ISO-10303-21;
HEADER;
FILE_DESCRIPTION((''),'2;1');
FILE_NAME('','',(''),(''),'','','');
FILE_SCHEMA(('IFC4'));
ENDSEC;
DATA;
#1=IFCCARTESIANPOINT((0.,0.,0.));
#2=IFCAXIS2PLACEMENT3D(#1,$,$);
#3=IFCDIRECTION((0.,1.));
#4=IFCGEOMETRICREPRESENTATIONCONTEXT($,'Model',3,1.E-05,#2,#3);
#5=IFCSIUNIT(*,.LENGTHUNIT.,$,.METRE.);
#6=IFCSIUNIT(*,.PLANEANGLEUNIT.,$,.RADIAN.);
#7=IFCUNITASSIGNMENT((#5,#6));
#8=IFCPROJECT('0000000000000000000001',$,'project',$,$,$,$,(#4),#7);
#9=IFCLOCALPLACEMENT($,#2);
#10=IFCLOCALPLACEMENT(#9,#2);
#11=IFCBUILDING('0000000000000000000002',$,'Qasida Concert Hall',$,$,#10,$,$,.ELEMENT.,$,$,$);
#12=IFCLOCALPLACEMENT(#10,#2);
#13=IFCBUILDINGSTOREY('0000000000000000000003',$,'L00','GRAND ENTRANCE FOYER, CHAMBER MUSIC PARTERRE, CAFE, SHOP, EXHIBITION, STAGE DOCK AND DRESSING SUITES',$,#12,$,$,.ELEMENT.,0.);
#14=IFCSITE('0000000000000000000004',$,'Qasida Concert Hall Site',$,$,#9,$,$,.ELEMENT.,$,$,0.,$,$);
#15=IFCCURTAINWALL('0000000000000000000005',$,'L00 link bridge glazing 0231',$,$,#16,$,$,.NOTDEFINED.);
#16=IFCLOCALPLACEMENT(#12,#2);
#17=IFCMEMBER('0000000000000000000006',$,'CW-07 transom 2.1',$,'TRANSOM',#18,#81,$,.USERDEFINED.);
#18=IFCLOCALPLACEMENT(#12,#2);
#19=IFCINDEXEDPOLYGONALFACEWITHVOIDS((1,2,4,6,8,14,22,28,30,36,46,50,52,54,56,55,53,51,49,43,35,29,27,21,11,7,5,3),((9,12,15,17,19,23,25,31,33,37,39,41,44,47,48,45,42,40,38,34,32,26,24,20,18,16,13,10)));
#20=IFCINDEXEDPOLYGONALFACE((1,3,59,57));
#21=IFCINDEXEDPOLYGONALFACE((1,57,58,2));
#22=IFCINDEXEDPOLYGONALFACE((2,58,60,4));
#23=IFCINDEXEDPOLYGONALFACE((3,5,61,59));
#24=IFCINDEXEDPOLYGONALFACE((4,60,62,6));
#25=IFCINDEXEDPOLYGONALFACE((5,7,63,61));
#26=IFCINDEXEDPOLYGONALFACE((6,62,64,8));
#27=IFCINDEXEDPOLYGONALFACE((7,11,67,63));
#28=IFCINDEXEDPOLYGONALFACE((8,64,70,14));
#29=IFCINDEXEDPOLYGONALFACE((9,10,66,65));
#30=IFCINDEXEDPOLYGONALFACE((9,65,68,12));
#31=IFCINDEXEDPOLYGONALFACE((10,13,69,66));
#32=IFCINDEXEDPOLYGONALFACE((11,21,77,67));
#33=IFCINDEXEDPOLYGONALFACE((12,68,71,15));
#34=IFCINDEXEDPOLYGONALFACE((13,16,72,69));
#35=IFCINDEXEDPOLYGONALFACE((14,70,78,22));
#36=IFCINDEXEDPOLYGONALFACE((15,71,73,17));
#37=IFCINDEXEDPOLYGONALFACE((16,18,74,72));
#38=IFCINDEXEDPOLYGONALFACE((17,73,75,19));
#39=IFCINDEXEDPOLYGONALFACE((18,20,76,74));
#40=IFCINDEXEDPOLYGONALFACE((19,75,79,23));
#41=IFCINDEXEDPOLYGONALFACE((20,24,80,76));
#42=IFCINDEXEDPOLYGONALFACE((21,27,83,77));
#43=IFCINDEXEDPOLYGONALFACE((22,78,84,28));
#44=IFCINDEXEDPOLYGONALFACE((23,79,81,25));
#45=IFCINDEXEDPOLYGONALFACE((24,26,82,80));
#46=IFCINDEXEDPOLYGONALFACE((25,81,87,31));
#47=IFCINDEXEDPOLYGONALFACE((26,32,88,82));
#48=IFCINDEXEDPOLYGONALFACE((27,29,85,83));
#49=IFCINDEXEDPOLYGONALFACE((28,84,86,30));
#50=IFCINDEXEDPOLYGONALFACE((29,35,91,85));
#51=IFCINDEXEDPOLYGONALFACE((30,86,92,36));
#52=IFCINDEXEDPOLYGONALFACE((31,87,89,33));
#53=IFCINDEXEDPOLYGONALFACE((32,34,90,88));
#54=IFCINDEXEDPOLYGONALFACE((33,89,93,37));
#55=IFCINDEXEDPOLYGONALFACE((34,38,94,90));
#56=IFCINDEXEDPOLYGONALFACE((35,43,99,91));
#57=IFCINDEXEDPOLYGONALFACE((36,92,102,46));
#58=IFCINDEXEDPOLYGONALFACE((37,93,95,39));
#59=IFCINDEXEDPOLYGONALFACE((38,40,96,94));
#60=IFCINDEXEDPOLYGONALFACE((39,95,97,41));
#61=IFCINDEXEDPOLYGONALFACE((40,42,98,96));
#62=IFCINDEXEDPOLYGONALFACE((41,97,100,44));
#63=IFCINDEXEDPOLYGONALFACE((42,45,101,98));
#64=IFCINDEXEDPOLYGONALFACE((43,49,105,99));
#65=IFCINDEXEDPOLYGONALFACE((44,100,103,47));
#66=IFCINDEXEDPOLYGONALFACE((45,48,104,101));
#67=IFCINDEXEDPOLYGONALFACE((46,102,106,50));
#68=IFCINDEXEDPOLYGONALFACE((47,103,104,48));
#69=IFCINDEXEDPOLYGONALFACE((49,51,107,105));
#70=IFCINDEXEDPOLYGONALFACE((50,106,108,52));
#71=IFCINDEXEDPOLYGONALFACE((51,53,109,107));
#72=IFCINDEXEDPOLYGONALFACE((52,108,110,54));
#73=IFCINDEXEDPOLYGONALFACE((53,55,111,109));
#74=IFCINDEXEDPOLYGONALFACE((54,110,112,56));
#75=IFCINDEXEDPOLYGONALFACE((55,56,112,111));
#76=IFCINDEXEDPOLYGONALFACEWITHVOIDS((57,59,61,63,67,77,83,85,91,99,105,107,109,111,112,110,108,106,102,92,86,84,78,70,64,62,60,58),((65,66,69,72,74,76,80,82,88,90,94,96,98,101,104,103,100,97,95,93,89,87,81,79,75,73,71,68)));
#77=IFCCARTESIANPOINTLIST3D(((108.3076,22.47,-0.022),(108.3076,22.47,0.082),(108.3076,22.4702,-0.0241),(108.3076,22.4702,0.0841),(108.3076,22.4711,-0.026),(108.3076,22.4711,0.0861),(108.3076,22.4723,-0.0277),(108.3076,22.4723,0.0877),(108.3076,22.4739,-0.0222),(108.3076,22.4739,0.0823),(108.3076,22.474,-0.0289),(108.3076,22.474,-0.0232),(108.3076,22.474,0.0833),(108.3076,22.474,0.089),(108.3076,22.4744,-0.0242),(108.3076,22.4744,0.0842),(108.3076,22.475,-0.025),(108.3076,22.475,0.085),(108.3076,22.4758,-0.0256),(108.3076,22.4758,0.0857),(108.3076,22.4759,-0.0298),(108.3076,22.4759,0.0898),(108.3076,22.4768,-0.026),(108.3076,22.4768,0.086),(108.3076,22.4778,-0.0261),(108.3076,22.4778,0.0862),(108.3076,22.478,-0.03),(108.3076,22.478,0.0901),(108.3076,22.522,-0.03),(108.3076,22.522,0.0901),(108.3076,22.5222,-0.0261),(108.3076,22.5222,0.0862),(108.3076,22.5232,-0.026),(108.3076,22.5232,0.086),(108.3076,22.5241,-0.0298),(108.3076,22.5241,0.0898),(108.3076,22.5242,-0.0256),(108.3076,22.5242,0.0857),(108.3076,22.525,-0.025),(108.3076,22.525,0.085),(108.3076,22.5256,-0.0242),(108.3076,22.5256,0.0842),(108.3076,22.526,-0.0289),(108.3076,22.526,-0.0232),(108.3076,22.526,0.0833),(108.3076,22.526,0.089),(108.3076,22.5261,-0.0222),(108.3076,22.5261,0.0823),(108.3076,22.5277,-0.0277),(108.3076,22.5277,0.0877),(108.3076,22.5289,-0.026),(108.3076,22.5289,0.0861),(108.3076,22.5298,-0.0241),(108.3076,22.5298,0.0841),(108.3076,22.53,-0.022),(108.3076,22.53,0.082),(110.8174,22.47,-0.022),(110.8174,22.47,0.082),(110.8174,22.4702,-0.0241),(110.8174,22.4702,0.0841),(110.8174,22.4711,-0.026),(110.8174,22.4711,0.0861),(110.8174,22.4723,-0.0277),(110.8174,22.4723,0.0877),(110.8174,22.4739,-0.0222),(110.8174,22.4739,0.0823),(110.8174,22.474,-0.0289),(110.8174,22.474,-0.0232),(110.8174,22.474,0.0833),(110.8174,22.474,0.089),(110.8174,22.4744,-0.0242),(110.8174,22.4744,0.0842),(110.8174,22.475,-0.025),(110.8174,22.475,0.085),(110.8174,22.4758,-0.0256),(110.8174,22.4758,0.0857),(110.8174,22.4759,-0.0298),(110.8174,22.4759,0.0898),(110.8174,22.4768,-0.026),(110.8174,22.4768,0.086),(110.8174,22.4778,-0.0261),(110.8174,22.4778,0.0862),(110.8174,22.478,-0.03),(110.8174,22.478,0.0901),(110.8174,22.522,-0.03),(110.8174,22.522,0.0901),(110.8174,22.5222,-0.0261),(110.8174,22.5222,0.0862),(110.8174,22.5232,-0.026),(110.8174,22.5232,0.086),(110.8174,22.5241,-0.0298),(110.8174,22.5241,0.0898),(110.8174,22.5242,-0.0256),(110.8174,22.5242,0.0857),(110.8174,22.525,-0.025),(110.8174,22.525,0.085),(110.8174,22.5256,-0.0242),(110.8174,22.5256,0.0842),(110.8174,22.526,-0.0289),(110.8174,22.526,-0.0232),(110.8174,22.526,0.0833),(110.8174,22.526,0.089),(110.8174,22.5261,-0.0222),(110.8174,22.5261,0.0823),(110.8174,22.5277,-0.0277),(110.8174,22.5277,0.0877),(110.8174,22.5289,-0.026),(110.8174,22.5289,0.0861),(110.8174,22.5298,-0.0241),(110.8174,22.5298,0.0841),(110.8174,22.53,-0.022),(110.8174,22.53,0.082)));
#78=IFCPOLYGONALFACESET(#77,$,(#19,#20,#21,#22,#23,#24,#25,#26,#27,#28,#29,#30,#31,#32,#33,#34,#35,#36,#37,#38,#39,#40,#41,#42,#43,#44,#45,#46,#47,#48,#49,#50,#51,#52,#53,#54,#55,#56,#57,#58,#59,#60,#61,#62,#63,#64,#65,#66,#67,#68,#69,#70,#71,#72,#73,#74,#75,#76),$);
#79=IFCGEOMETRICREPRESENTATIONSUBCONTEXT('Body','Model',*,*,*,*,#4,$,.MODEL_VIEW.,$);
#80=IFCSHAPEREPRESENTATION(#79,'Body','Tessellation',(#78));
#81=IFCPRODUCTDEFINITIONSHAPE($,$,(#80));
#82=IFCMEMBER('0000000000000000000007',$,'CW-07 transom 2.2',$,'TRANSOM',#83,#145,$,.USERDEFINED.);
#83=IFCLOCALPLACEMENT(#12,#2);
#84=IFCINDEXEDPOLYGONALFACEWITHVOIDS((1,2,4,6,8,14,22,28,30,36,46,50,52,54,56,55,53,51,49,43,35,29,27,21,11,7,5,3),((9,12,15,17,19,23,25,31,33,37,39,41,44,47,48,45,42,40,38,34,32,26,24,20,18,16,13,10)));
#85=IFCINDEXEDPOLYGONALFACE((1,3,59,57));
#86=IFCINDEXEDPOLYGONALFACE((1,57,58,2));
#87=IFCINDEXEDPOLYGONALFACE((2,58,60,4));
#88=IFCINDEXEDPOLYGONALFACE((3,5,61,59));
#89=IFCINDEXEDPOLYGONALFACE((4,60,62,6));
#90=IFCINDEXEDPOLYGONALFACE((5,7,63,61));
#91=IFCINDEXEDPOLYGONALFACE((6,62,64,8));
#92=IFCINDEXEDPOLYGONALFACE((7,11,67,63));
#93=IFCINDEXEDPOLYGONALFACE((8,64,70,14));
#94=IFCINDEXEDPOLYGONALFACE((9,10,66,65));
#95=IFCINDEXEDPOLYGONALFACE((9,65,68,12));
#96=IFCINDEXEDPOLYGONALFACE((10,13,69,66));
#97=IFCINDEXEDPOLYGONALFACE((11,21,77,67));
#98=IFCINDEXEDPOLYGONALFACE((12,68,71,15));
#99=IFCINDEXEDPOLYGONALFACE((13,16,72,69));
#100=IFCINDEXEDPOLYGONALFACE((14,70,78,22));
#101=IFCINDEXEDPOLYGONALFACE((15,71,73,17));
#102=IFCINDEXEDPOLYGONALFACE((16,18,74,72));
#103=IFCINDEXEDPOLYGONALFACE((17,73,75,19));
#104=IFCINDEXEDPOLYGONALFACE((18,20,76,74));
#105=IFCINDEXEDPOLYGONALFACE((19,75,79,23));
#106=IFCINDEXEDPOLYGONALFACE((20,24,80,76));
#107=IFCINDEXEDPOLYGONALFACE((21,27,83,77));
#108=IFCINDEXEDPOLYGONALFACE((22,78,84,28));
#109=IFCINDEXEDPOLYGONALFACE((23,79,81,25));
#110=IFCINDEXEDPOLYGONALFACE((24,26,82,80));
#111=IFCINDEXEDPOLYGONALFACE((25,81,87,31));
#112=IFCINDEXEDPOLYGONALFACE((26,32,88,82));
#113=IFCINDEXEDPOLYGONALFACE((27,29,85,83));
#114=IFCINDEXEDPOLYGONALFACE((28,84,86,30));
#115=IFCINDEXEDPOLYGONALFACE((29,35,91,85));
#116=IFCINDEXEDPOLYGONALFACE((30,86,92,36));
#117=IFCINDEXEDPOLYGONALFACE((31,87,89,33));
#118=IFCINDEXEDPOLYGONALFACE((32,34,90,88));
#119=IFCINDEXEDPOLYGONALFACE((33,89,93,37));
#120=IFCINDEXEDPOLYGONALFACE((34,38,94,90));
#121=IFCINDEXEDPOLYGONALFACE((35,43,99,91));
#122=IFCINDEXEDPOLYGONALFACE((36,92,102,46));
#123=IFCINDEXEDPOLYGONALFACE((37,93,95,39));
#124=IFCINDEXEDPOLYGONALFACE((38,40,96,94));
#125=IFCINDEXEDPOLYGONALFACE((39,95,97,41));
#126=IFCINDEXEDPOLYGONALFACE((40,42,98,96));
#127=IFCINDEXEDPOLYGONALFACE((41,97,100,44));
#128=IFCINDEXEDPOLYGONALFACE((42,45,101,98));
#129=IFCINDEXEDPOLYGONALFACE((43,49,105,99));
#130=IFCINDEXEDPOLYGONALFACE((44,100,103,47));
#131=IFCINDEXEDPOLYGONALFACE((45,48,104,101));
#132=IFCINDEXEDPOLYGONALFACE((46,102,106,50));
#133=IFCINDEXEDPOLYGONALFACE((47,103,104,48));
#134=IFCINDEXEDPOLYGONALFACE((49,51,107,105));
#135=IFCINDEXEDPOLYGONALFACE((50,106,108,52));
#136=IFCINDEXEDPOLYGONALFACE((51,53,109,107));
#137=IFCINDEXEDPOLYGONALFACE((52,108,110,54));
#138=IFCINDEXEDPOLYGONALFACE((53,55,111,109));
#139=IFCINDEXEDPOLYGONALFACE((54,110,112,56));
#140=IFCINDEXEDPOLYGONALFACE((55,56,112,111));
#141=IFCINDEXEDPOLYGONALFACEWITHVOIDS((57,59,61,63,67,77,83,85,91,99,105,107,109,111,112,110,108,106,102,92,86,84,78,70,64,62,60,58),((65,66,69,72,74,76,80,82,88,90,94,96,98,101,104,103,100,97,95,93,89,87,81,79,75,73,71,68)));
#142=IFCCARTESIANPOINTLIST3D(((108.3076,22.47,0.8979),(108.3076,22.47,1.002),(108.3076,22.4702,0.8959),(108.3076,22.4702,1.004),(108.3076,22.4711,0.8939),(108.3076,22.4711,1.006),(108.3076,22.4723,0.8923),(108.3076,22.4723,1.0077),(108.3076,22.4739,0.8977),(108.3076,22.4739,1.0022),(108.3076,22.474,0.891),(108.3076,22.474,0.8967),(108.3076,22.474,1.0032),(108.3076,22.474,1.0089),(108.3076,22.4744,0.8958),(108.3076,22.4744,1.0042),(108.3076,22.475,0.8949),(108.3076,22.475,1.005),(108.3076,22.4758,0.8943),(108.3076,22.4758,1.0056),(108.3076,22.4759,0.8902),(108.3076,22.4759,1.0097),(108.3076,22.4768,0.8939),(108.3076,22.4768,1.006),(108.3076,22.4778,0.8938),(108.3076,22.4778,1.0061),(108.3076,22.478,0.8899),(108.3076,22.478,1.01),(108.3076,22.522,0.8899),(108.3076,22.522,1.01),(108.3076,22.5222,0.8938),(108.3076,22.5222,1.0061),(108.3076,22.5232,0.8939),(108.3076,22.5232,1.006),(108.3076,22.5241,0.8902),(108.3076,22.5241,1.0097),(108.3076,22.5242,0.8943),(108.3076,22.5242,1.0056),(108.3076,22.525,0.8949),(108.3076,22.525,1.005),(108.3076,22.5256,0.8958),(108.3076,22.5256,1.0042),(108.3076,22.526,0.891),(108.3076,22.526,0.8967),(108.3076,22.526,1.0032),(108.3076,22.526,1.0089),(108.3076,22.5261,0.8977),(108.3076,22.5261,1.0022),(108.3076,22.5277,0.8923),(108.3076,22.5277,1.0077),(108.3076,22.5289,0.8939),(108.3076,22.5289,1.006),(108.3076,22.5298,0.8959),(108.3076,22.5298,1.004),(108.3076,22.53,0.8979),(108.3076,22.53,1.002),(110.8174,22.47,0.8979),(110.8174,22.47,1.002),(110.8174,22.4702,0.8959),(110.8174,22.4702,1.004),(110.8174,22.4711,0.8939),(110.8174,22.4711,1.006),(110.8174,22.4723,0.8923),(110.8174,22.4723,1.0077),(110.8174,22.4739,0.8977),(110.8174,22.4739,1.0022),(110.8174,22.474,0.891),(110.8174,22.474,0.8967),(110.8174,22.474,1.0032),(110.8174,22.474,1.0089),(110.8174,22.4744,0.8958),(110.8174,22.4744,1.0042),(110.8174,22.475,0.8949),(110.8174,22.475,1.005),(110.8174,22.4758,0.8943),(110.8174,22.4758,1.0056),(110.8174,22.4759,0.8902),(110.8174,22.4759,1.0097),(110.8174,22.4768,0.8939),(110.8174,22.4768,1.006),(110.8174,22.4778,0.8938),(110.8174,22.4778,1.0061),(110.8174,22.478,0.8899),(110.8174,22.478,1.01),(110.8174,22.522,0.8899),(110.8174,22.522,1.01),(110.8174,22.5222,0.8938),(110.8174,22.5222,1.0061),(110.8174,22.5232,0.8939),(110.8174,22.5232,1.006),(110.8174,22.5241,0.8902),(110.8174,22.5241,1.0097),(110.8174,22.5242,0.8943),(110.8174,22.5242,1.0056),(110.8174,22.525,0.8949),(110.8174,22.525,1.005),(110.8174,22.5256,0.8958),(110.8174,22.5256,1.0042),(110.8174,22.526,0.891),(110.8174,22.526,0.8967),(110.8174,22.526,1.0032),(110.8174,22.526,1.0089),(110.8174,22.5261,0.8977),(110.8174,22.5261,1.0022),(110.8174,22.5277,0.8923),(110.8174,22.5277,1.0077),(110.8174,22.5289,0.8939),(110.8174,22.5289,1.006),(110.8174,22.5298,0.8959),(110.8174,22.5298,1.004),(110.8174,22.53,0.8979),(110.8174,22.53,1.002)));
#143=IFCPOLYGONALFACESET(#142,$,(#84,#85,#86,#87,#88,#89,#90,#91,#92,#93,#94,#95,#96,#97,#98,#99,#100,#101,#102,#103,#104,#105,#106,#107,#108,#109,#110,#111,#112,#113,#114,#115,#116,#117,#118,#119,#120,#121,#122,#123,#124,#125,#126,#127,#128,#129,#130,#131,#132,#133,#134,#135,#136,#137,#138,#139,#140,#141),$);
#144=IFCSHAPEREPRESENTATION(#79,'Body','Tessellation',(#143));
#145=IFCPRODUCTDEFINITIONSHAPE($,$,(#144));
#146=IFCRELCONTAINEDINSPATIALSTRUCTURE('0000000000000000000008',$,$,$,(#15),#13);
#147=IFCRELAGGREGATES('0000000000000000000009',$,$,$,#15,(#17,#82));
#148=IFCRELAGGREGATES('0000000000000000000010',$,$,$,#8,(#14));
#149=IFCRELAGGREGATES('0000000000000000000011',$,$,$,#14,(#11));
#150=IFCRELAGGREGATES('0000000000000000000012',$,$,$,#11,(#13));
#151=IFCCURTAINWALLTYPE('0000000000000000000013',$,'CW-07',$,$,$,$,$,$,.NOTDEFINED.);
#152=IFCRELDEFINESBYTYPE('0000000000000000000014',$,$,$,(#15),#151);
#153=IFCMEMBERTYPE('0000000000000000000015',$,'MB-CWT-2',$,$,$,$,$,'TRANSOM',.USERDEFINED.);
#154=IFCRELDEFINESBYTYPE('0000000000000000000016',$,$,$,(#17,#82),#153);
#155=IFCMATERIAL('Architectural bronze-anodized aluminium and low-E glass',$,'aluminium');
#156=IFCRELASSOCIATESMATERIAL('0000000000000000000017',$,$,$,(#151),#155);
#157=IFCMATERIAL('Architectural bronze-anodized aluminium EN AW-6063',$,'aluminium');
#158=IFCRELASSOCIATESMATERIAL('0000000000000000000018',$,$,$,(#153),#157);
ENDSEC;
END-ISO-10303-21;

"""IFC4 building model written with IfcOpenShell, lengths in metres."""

from ifc_helpers import new_model, si_unit, direction, frame, origin, origin_2d, place, context, subcontext, project, spatial, hollow_rectangle, extrude, material, material_profile, profile_set, type_object, element, aggregate, save


model = new_model("IFC4")

# Units and contexts
model_context = context("Model", 3, precision=1e-05, world=origin(), true_north=direction((0.0, 1.0)))
body_context = subcontext(model_context, "Body", "Model", "MODEL_VIEW")
ifc_project = project(units=[si_unit("LENGTHUNIT", "METRE"), si_unit("PLANEANGLEUNIT", "RADIAN")], contexts=[model_context])

# Site, building, storey
site_placement = place(None, origin())
site = spatial("IfcSite", under=ifc_project, at=site_placement, Name="Qasida Concert Hall Site", CompositionType="ELEMENT", RefElevation=0.0)
building_placement = place(site_placement, origin())
building = spatial("IfcBuilding", under=site, at=building_placement, Name="Qasida Concert Hall", CompositionType="ELEMENT")
storey_placement = place(building_placement, origin())
storey = spatial("IfcBuildingStorey", under=building, at=storey_placement, Name="L00", Description="GRAND ENTRANCE FOYER, CHAMBER MUSIC PARTERRE, CAFE, SHOP, EXHIBITION, STAGE DOCK AND DRESSING SUITES", CompositionType="ELEMENT", Elevation=0.0)

# Curtain wall, members
ifc_material_1 = material(Name="Architectural bronze-anodized aluminium and low-E glass", Category="aluminium")
curtain_wall_type = type_object("IfcCurtainWallType", Name="CW-07", PredefinedType="NOTDEFINED", material=ifc_material_1)
curtain_wall_1_placement = place(storey_placement, origin())
curtain_wall_1 = element("IfcCurtainWall", 1, at=curtain_wall_1_placement, inside=storey, type_object=curtain_wall_type, Name="L00 link bridge glazing 0231", PredefinedType="NOTDEFINED")
ifc_material_2 = material(Name="Architectural bronze-anodized aluminium EN AW-6063", Category="aluminium")
ifc_material_profile_1 = material_profile(ifc_material_2, hollow_rectangle(XDim=0.0601, YDim=0.1201, WallThickness=0.0039, InnerFilletRadius=0.0039, OuterFilletRadius=0.0081, at=origin_2d()), Name="CWT 120x60x4")
ifc_profile_set_1 = profile_set([ifc_material_profile_1], Name="Architectural bronze-anodized aluminium EN AW-6063")
member_type_1 = type_object("IfcMemberType", Name="MB-CWT-2", ElementType="TRANSOM", PredefinedType="USERDEFINED", material=ifc_profile_set_1)
member_1_placement = place(storey_placement, frame((108.3076, 22.5, 0.03), z_axis=(1.0, 0.0, 0.0), x_axis=(0.0, 1.0, 0.0)))
member_1 = element("IfcMember", 2, at=member_1_placement, type_object=member_type_1, Name="CW-07 transom 2.1", ObjectType="TRANSOM", PredefinedType="USERDEFINED", context=body_context, shape_type="SweptSolid", body=[
    extrude(hollow_rectangle(XDim=0.0601, YDim=0.1201, WallThickness=0.0039, InnerFilletRadius=0.0039, OuterFilletRadius=0.0081, at=origin_2d()), origin(), (0.0, 0.0, 1.0), 2.5098),
])
member_2_placement = place(storey_placement, frame((108.3076, 22.5, 0.95), z_axis=(1.0, 0.0, 0.0), x_axis=(0.0, 1.0, 0.0)))
member_2 = element("IfcMember", 3, at=member_2_placement, type_object=member_type_1, Name="CW-07 transom 2.2", ObjectType="TRANSOM", PredefinedType="USERDEFINED", context=body_context, shape_type="SweptSolid", body=[
    extrude(hollow_rectangle(XDim=0.0601, YDim=0.1201, WallThickness=0.0039, InnerFilletRadius=0.0039, OuterFilletRadius=0.0081, at=origin_2d()), origin(), (0.0, 0.0, 1.0), 2.5098),
])

aggregate(curtain_wall_1, [member_1, member_2])

save(model, "model.ifc")
